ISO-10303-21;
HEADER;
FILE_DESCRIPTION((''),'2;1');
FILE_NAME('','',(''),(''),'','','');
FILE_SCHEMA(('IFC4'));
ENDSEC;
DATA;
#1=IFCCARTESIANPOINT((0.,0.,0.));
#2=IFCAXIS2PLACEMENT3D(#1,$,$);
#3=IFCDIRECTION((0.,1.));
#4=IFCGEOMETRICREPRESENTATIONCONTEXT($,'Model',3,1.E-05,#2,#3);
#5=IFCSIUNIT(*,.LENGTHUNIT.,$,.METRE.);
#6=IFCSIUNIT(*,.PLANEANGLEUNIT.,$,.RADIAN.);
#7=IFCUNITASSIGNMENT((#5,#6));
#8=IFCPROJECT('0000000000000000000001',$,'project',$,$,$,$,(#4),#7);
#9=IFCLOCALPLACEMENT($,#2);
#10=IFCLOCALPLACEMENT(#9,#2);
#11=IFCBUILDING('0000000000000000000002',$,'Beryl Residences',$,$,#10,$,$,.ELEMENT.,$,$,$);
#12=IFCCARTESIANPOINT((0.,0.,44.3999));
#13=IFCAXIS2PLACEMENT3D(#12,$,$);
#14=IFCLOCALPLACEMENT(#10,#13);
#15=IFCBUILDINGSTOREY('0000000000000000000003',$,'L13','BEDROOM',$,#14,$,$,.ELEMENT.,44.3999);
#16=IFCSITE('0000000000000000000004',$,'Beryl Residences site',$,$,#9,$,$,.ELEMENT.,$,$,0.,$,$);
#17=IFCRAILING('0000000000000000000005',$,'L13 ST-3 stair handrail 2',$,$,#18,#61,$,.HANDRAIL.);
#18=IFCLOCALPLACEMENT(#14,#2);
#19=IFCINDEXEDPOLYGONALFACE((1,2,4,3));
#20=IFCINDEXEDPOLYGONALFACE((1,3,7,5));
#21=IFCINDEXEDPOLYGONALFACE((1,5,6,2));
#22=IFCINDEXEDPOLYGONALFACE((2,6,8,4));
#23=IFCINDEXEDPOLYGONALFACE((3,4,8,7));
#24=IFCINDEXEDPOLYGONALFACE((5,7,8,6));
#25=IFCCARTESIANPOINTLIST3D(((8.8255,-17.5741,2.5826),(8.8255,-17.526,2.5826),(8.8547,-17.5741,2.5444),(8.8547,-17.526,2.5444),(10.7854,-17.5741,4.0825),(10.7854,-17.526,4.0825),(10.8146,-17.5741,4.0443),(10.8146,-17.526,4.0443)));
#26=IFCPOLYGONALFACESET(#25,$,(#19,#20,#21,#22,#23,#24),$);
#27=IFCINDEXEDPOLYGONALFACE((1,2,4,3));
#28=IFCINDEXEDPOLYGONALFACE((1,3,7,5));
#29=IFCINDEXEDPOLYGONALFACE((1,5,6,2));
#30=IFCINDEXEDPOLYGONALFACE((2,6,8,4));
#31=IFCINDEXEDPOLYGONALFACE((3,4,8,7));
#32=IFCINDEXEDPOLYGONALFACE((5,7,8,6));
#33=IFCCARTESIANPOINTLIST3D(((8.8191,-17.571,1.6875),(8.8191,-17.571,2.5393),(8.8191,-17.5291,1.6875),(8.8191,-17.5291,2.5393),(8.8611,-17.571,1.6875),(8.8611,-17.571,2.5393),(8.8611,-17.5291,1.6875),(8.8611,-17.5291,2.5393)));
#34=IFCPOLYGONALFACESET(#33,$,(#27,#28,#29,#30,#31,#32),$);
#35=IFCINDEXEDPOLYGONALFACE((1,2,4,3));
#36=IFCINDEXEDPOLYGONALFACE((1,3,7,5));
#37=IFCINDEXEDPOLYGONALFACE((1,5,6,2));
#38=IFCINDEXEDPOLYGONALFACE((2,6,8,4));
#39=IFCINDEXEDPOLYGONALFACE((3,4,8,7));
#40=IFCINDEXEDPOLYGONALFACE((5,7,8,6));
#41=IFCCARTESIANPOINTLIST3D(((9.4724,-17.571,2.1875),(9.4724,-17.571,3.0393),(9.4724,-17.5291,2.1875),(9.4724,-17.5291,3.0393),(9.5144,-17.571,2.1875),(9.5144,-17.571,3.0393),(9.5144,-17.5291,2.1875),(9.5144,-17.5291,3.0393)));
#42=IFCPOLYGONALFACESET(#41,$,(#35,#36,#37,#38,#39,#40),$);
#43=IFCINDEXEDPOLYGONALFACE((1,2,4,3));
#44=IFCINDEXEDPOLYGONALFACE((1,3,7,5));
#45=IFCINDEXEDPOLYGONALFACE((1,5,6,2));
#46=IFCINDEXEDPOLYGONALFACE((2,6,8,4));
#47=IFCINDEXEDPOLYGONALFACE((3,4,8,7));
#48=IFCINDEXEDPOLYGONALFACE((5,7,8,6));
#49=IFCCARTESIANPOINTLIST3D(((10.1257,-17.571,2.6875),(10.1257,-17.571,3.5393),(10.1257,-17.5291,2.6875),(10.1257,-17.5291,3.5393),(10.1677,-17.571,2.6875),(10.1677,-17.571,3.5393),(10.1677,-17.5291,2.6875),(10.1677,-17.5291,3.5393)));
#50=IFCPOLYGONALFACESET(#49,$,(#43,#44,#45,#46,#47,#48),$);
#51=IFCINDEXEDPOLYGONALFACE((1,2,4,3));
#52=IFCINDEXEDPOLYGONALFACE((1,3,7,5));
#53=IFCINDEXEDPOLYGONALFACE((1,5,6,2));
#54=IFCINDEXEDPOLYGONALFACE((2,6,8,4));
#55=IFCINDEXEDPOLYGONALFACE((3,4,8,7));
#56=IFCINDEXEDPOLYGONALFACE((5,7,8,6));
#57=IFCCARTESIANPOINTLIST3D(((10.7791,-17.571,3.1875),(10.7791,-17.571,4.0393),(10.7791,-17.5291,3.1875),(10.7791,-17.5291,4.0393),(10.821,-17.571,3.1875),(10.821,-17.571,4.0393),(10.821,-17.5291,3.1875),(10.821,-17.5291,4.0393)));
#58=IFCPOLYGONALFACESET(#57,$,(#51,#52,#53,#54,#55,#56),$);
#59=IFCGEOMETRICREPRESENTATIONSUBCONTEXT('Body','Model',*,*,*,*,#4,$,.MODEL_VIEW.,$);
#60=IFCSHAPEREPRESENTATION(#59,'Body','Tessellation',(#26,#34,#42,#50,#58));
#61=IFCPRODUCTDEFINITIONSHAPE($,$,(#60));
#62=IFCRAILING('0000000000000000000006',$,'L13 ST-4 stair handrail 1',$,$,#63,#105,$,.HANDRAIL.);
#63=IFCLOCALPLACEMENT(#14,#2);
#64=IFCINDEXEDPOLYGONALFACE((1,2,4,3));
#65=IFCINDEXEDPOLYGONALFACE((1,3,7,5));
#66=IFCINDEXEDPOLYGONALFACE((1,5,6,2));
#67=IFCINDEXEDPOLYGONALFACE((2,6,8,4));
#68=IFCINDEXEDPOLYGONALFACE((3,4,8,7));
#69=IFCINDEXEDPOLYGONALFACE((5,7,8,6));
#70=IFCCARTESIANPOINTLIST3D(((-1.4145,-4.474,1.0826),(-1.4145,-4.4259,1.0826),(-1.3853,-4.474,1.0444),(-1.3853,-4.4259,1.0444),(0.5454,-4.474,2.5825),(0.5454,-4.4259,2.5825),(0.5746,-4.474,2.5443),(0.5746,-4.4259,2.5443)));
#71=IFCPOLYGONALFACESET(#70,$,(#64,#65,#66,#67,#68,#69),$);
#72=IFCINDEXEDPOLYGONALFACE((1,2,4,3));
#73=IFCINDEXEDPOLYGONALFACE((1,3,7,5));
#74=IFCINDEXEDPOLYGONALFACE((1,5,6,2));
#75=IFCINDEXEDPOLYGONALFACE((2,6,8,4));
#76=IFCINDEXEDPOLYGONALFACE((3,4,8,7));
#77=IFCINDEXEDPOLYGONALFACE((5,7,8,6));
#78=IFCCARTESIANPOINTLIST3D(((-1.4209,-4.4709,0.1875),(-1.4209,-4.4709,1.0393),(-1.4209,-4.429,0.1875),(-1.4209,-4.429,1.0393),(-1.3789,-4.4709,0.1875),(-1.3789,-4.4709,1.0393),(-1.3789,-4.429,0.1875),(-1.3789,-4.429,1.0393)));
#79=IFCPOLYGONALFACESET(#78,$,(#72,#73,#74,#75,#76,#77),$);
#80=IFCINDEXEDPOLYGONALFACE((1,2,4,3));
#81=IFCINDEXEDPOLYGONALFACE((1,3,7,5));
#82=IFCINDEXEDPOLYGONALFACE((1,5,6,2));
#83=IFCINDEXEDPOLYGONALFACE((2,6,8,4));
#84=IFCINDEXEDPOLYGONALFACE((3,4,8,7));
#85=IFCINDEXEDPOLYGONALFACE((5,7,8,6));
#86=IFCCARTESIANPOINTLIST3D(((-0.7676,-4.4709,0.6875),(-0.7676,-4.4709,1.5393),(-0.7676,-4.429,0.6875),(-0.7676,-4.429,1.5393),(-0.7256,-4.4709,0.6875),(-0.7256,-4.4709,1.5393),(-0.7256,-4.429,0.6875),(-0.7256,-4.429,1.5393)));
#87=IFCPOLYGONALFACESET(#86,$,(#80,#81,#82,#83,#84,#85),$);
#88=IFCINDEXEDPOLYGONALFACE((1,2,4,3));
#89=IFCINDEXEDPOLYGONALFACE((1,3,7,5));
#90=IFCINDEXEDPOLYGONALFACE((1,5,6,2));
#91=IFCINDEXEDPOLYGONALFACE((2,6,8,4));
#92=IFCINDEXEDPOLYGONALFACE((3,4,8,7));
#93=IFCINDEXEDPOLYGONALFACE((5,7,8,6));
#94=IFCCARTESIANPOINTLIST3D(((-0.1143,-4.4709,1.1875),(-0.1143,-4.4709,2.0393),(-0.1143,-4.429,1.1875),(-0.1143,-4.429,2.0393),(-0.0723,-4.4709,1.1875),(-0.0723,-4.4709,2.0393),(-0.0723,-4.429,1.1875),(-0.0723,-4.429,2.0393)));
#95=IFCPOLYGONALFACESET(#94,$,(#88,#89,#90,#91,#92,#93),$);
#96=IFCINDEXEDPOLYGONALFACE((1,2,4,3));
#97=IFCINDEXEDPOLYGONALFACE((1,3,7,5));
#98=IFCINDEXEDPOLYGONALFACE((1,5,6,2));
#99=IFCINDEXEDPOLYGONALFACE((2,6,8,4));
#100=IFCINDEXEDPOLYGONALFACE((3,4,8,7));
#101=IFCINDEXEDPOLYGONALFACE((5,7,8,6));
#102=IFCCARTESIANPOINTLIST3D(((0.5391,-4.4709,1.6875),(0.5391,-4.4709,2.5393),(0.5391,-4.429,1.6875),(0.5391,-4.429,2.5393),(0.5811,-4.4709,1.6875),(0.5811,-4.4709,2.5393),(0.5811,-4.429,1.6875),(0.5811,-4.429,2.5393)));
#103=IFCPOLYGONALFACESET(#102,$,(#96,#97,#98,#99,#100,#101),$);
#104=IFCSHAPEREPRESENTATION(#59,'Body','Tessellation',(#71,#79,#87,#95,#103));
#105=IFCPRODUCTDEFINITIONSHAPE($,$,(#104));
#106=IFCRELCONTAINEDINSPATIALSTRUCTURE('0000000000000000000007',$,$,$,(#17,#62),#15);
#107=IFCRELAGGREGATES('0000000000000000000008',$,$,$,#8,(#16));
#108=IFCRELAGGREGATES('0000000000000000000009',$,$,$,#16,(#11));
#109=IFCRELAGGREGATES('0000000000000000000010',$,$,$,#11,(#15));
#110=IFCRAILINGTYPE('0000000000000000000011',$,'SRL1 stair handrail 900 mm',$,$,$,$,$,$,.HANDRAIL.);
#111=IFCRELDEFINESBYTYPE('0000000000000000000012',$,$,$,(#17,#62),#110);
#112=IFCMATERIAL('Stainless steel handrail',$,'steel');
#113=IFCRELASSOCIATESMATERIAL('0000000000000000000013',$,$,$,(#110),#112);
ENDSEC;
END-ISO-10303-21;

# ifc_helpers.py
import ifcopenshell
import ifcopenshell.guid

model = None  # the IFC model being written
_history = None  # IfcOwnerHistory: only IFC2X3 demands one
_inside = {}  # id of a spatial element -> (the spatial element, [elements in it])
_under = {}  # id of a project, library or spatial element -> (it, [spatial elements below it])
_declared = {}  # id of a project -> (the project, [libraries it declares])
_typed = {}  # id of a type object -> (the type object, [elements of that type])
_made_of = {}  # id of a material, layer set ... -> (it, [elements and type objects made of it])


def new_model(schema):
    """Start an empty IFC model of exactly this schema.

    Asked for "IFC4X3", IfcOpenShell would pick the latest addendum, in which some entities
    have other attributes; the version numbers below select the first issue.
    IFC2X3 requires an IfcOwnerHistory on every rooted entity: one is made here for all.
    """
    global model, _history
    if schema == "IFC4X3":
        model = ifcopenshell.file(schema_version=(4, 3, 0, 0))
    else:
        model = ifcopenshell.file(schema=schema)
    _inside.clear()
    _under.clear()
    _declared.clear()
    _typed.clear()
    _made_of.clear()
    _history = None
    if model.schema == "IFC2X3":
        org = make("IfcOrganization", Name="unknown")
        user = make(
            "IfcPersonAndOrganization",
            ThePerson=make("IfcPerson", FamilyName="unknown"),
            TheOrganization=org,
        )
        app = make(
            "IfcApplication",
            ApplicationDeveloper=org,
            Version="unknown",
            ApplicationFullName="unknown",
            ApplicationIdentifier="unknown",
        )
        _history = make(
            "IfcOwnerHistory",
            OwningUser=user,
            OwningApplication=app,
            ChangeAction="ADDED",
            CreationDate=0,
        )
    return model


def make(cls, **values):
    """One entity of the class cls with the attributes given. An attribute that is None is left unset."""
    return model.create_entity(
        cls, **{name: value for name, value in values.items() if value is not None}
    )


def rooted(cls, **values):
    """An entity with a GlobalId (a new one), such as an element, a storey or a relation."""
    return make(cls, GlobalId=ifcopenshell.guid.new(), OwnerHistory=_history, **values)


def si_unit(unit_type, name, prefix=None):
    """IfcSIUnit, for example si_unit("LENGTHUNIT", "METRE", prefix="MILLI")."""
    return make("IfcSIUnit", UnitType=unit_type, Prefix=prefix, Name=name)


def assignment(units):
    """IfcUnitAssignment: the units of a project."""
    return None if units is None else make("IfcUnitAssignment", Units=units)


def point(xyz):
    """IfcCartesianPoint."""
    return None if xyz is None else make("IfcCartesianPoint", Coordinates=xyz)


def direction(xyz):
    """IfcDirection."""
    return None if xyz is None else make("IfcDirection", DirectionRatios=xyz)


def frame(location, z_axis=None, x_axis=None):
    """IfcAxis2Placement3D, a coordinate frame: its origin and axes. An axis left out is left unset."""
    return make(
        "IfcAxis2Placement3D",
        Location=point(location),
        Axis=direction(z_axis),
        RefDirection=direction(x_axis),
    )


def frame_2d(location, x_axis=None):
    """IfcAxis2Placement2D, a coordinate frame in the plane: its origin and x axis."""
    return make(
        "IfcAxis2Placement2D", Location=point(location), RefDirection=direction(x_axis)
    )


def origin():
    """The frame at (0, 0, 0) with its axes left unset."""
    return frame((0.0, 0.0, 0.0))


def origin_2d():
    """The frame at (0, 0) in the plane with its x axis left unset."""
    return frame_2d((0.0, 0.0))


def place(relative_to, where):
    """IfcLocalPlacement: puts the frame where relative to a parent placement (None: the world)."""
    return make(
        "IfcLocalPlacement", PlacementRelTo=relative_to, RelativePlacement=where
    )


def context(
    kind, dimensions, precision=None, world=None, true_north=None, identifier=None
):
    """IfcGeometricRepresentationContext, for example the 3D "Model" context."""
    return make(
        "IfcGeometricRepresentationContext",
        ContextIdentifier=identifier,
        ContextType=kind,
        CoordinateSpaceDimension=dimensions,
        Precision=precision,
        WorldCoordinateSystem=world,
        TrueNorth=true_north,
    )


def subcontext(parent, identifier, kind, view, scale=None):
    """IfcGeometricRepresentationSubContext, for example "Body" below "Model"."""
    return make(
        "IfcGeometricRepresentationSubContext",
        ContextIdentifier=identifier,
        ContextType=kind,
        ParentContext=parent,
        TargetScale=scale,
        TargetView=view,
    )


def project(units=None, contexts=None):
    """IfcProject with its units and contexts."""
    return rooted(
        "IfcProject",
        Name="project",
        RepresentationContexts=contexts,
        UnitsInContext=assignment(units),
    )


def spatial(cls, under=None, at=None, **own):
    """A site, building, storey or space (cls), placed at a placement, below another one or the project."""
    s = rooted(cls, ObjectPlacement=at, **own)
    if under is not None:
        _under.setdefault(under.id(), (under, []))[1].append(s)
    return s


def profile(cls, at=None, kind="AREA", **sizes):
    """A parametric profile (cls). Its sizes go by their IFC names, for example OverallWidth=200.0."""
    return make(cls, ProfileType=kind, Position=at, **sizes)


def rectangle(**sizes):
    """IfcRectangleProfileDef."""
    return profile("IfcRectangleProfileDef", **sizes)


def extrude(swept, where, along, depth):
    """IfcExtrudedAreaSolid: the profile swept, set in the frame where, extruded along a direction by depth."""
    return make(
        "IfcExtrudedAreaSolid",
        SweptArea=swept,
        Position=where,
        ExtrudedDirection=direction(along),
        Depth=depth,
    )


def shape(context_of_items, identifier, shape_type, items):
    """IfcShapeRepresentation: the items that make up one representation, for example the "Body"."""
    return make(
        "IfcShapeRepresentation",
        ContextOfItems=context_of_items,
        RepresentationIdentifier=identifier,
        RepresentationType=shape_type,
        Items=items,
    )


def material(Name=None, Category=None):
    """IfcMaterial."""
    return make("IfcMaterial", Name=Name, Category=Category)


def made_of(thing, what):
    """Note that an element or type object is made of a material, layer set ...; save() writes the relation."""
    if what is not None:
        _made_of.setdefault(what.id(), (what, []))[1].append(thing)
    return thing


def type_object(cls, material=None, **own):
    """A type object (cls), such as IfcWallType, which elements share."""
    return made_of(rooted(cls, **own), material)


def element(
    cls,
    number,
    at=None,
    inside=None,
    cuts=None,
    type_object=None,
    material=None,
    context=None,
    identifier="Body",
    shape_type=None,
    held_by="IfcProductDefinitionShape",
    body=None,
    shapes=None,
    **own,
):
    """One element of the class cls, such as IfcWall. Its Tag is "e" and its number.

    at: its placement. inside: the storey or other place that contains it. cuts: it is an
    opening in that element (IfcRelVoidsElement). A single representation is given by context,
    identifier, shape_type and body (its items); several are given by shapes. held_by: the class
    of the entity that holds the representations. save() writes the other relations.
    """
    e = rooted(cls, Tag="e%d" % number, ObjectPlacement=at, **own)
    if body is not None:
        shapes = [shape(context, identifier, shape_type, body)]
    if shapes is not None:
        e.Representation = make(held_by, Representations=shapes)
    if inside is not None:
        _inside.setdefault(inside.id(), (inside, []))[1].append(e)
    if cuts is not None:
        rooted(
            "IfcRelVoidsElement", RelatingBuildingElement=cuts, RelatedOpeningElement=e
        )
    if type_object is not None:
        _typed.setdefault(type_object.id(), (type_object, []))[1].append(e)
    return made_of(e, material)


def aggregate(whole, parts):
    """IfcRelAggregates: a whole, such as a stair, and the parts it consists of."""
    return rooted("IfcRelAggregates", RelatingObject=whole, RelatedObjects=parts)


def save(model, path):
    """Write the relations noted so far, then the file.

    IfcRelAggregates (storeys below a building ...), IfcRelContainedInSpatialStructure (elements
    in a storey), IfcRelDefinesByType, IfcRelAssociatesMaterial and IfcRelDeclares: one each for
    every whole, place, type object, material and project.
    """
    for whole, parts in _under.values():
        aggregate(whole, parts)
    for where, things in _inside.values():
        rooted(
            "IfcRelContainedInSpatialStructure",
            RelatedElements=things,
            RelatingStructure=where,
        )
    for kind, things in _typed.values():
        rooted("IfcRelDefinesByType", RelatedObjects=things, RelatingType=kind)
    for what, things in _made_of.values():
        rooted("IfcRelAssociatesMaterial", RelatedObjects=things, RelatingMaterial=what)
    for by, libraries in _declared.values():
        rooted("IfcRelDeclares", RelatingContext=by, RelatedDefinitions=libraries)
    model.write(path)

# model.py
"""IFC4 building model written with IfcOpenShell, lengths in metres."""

from ifc_helpers import new_model, si_unit, direction, frame, origin, origin_2d, place, context, subcontext, project, spatial, rectangle, extrude, material, type_object, element, save


model = new_model("IFC4")

# Units and contexts
model_context = context("Model", 3, precision=1e-05, world=origin(), true_north=direction((0.0, 1.0)))
body_context = subcontext(model_context, "Body", "Model", "MODEL_VIEW")
ifc_project = project(units=[si_unit("LENGTHUNIT", "METRE"), si_unit("PLANEANGLEUNIT", "RADIAN")], contexts=[model_context])

# Site, building, storey
site_placement = place(None, origin())
site = spatial("IfcSite", under=ifc_project, at=site_placement, Name="Beryl Residences site", CompositionType="ELEMENT", RefElevation=0.0)
building_placement = place(site_placement, origin())
building = spatial("IfcBuilding", under=site, at=building_placement, Name="Beryl Residences", CompositionType="ELEMENT")
storey_placement = place(building_placement, frame((0.0, 0.0, 44.3999)))
storey = spatial("IfcBuildingStorey", under=building, at=storey_placement, Name="L13", Description="BEDROOM", CompositionType="ELEMENT", Elevation=44.3999)

# Railings
ifc_material_1 = material(Name="Stainless steel handrail", Category="steel")
railing_type_1 = type_object("IfcRailingType", Name="SRL1 stair handrail 900 mm", PredefinedType="HANDRAIL", material=ifc_material_1)
for number, where, name in (
    (1, (8.8401, -17.55, 1.6875), "L13 ST-3 stair handrail 2"),
    (2, (-1.3999, -4.45, 0.1875), "L13 ST-4 stair handrail 1"),
):
    element("IfcRailing", number, at=place(storey_placement, frame(where)), inside=storey, type_object=railing_type_1, Name=name, PredefinedType="HANDRAIL", context=body_context, shape_type="SweptSolid", body=[
        extrude(rectangle(XDim=0.0481, YDim=0.0481, at=origin_2d()), frame((0.0, 0.0, 0.876), z_axis=(0.794122, 0.0, 0.607758), x_axis=(0.0, 1.0, 0.0)), (0.0, 0.0, 1.0), 2.468),
        extrude(rectangle(XDim=0.042, YDim=0.042, at=origin_2d()), origin(), (0.0, 0.0, 1.0), 0.8518),
        extrude(rectangle(XDim=0.042, YDim=0.042, at=origin_2d()), frame((0.6533, 0.0, 0.5)), (0.0, 0.0, 1.0), 0.8518),
        extrude(rectangle(XDim=0.042, YDim=0.042, at=origin_2d()), frame((1.3066, 0.0, 1.0)), (0.0, 0.0, 1.0), 0.8518),
        extrude(rectangle(XDim=0.042, YDim=0.042, at=origin_2d()), frame((1.96, 0.0, 1.5)), (0.0, 0.0, 1.0), 0.8518),
    ])

save(model, "model.ifc")
